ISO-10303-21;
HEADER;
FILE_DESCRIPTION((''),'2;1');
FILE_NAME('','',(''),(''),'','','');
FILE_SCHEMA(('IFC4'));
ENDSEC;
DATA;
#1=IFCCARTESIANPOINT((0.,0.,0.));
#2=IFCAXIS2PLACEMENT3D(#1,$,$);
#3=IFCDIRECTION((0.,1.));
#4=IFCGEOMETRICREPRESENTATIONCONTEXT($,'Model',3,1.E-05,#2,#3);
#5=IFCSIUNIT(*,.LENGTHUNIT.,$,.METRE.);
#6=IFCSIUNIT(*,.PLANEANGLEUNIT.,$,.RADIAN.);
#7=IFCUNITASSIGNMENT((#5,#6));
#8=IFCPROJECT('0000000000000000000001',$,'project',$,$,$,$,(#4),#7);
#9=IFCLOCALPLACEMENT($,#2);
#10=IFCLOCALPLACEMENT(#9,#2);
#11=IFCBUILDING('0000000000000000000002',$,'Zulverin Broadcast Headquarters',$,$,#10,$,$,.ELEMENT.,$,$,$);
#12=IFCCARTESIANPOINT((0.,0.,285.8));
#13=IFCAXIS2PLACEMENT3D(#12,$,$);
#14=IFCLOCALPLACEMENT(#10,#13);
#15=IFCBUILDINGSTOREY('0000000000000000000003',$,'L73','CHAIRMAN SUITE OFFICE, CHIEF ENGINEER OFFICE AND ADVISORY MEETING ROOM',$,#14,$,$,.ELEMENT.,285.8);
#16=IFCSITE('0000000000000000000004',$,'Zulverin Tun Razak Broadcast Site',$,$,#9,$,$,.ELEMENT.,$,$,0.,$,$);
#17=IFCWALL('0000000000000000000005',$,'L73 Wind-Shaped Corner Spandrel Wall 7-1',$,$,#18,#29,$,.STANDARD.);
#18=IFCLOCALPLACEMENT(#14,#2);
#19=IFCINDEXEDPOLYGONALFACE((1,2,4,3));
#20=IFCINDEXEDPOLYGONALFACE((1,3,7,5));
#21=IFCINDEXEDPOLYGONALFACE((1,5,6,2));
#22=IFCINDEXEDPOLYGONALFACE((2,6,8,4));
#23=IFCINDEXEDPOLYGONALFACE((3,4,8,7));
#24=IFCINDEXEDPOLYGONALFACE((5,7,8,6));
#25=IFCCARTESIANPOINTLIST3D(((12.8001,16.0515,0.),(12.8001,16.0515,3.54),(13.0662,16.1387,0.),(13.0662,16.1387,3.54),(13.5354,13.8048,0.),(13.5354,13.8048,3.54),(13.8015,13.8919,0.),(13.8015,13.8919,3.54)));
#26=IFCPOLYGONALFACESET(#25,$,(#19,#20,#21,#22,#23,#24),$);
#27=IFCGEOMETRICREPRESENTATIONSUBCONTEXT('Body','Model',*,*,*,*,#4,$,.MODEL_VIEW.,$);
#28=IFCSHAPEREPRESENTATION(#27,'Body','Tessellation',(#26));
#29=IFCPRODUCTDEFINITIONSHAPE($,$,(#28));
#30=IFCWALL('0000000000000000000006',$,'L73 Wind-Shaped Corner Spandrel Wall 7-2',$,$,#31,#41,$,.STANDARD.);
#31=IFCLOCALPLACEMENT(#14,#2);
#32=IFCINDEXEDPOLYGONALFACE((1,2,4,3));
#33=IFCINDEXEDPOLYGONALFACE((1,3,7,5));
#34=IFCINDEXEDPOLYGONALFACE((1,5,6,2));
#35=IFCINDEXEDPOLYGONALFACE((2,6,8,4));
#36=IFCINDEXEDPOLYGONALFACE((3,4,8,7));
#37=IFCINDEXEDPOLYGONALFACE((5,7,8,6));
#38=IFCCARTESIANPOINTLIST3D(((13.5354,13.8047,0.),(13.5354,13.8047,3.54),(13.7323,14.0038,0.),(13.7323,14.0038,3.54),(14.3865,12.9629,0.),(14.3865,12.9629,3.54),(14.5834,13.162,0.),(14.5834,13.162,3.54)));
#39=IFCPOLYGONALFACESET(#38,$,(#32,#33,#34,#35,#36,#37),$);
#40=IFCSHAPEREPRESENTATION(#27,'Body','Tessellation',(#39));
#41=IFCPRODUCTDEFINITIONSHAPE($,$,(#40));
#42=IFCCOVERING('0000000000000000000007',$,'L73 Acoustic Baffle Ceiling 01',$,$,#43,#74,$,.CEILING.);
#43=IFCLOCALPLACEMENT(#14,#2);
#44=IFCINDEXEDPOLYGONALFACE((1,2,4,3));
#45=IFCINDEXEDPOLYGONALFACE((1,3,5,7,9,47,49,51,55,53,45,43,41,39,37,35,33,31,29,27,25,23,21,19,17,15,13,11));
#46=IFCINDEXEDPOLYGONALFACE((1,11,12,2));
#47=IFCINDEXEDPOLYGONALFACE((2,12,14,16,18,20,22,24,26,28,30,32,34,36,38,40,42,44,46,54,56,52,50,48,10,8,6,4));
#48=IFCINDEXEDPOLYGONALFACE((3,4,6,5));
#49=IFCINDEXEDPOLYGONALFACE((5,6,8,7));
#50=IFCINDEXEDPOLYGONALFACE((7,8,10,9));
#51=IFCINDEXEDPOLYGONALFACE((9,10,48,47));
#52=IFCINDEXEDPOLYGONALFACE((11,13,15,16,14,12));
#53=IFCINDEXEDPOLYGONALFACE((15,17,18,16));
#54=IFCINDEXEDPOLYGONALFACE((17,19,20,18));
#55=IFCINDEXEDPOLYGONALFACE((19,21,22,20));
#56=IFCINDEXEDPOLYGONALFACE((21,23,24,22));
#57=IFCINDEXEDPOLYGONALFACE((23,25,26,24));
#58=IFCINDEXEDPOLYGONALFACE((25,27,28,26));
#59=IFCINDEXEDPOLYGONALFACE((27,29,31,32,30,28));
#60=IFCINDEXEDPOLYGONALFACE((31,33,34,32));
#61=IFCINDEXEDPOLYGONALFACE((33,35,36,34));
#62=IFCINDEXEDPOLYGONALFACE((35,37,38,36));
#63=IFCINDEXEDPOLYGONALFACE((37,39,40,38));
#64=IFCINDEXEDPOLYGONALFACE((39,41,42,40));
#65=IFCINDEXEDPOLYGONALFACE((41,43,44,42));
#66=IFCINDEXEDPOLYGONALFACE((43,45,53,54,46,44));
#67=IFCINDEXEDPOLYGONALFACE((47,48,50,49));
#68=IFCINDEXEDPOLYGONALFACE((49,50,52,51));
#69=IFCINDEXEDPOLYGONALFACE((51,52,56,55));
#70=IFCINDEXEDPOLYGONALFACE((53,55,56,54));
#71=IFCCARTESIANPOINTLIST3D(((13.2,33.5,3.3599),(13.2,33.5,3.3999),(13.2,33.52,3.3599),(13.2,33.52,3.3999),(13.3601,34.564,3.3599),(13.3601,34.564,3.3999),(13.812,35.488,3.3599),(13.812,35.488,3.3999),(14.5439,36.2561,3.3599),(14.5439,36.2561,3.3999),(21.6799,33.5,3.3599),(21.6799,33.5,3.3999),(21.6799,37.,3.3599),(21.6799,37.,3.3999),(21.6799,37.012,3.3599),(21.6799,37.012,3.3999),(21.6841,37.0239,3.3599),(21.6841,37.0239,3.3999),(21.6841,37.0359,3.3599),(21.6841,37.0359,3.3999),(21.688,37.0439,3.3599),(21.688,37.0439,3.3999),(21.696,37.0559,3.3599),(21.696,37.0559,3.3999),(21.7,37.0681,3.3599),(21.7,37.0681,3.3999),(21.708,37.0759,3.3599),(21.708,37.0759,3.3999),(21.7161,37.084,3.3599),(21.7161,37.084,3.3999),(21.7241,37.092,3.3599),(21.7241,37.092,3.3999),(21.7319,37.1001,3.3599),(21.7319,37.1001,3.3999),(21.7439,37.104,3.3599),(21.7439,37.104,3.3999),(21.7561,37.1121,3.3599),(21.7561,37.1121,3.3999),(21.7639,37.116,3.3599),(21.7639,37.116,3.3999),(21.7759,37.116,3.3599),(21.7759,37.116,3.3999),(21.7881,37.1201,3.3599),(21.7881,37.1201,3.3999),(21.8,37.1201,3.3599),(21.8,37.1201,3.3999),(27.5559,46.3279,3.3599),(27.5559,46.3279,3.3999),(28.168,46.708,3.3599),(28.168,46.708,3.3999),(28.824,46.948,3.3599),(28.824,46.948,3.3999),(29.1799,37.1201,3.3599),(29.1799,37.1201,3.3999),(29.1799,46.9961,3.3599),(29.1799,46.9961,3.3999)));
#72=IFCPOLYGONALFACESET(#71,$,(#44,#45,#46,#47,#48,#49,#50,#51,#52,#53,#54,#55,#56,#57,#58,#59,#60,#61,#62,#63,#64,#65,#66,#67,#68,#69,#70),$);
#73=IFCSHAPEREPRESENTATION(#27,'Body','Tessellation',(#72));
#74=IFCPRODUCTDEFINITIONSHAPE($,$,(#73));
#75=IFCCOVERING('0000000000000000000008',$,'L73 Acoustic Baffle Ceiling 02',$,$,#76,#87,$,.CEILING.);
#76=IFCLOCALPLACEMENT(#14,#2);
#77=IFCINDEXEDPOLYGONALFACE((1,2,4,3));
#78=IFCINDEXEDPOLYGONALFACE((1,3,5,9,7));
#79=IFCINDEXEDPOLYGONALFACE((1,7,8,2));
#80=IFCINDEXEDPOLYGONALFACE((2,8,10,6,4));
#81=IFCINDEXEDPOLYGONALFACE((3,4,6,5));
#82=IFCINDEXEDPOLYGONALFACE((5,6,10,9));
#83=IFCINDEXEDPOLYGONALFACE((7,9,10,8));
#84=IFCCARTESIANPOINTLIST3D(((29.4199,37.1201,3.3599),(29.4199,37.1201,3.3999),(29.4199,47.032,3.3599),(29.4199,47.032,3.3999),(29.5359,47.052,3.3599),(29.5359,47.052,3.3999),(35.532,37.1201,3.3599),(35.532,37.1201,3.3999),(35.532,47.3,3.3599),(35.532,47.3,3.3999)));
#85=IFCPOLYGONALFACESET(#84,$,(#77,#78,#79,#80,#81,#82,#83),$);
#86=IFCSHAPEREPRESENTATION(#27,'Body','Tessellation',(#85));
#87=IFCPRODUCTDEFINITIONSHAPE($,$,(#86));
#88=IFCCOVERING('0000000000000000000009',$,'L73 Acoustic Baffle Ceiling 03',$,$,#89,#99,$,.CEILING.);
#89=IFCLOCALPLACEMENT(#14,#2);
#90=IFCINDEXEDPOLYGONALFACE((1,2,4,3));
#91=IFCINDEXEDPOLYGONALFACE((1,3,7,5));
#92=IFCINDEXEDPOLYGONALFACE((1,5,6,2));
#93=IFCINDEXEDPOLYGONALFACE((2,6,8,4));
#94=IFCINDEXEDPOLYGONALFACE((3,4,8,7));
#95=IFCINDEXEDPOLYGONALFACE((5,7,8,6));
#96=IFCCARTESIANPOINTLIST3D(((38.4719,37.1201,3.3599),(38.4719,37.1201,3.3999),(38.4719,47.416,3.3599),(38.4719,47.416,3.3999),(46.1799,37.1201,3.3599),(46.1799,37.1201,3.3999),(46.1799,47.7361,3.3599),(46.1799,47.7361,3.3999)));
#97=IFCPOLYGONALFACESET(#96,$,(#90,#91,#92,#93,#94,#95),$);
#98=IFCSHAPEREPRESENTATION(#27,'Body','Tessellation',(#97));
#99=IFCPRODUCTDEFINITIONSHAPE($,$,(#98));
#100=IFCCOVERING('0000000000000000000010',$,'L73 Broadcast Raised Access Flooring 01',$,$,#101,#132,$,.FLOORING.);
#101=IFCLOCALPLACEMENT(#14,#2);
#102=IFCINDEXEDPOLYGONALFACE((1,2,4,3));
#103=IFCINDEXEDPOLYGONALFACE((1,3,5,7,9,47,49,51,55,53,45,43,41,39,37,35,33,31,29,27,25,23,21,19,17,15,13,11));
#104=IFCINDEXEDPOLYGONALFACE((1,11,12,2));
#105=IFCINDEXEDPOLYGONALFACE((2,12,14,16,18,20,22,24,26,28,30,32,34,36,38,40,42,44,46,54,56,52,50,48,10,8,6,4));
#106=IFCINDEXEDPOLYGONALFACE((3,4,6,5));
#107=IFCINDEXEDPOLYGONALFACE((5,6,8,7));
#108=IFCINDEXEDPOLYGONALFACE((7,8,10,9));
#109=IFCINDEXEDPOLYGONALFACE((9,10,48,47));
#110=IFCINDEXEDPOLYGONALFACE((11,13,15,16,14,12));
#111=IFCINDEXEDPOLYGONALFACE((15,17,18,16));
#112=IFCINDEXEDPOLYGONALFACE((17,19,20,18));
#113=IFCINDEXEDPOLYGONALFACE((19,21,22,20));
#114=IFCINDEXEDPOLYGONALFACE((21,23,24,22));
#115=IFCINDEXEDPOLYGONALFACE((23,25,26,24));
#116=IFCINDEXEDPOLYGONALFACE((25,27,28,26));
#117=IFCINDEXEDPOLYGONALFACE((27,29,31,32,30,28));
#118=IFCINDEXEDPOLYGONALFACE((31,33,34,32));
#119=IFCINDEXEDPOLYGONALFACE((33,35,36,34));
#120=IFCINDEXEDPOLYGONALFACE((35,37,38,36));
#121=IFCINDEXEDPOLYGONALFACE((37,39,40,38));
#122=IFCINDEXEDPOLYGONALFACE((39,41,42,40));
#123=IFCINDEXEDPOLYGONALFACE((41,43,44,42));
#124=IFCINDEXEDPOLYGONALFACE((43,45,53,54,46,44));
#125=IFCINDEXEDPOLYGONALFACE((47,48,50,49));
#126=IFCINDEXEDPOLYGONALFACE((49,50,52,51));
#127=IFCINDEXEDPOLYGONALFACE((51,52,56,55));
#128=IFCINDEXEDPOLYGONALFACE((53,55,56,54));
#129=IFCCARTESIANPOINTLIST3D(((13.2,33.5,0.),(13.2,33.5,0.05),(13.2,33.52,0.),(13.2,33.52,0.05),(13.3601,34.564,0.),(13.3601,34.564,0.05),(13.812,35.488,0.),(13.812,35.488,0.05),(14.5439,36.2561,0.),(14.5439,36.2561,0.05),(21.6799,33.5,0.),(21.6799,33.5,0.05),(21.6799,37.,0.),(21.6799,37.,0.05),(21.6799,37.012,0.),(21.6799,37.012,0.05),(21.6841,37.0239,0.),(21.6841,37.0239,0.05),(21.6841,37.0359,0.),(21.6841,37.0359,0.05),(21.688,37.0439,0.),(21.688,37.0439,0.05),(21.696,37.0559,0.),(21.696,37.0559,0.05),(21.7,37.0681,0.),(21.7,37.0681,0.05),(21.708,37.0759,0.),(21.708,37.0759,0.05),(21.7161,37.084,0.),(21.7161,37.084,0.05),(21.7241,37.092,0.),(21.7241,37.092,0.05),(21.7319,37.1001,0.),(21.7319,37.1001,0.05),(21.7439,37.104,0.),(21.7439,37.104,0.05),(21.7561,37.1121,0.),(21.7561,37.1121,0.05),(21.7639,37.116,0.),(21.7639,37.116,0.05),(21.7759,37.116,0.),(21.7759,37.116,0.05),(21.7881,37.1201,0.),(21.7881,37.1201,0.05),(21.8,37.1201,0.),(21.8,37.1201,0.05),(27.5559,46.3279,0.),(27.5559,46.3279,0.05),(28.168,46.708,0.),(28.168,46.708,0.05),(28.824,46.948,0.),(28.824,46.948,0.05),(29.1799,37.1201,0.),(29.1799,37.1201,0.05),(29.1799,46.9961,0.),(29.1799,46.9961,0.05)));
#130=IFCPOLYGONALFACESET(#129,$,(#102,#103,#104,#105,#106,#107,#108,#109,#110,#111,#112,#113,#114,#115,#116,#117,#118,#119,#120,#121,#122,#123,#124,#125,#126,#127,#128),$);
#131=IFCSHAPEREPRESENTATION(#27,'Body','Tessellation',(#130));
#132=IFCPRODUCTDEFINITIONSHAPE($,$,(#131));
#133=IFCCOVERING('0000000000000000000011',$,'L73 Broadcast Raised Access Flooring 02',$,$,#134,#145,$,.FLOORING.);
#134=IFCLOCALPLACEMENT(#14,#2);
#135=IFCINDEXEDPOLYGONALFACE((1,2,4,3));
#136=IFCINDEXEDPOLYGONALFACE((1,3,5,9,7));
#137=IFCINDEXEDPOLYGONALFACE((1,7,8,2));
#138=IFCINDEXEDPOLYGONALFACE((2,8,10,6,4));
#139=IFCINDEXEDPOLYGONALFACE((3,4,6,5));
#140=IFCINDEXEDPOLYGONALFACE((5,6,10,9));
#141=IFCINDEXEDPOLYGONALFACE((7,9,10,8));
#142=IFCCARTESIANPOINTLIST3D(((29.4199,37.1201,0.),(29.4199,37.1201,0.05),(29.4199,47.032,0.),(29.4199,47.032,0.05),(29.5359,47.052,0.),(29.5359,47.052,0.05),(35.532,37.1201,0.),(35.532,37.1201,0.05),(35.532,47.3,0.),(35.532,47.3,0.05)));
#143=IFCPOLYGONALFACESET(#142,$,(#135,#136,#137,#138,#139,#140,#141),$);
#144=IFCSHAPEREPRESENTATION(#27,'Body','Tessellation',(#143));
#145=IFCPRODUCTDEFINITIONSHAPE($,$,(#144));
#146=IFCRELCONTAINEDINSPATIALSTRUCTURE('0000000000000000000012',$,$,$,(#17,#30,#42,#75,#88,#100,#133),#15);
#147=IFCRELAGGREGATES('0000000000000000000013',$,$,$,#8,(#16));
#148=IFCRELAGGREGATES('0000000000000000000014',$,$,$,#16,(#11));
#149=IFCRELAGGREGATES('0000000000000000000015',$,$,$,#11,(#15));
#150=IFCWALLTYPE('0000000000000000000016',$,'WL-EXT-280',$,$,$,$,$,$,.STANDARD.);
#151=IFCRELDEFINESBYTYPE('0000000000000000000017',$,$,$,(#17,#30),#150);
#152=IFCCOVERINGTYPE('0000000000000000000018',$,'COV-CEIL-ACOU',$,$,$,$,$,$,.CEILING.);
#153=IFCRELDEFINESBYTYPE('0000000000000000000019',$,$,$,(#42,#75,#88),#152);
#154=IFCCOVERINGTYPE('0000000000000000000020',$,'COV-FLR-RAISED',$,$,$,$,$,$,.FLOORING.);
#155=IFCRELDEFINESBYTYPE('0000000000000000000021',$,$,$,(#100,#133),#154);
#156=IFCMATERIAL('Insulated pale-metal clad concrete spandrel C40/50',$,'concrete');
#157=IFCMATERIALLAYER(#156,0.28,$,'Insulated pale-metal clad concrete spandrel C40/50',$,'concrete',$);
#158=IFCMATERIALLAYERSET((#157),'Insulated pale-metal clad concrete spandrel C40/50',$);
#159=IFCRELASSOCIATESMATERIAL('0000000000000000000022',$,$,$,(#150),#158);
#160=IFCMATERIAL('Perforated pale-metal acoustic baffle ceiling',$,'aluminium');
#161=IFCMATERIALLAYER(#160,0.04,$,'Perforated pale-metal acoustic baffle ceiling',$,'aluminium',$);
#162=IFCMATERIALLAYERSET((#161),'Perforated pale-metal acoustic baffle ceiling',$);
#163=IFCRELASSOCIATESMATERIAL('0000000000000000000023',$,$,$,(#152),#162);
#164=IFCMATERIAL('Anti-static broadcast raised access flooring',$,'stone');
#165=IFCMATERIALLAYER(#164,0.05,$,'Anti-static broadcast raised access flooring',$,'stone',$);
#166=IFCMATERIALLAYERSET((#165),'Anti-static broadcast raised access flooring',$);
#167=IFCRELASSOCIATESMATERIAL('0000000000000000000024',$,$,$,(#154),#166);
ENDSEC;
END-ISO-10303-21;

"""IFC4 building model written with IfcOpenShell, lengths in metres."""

from ifc_helpers import new_model, si_unit, direction, frame, frame_2d, origin, place, context, subcontext, project, spatial, polyline, rectangle, outline, extrude, material, layer, layer_set, type_object, element, save


model = new_model("IFC4")

# Units and contexts
model_context = context("Model", 3, precision=1e-05, world=origin(), true_north=direction((0.0, 1.0)))
body_context = subcontext(model_context, "Body", "Model", "MODEL_VIEW")
ifc_project = project(units=[si_unit("LENGTHUNIT", "METRE"), si_unit("PLANEANGLEUNIT", "RADIAN")], contexts=[model_context])

# Site, building, storey
site_placement = place(None, origin())
site = spatial("IfcSite", under=ifc_project, at=site_placement, Name="Zulverin Tun Razak Broadcast Site", CompositionType="ELEMENT", RefElevation=0.0)
building_placement = place(site_placement, origin())
building = spatial("IfcBuilding", under=site, at=building_placement, Name="Zulverin Broadcast Headquarters", CompositionType="ELEMENT")
storey_placement = place(building_placement, frame((0.0, 0.0, 285.8)))
storey = spatial("IfcBuildingStorey", under=building, at=storey_placement, Name="L73", Description="CHAIRMAN SUITE OFFICE, CHIEF ENGINEER OFFICE AND ADVISORY MEETING ROOM", CompositionType="ELEMENT", Elevation=285.8)

# Walls
ifc_material_1 = material(Name="Insulated pale-metal clad concrete spandrel C40/50", Category="concrete")
ifc_layer_1 = layer(ifc_material_1, 0.28, Name="Insulated pale-metal clad concrete spandrel C40/50", Category="concrete")
ifc_layer_set_1 = layer_set([ifc_layer_1], Name="Insulated pale-metal clad concrete spandrel C40/50")
wall_type_1 = type_object("IfcWallType", Name="WL-EXT-280", PredefinedType="STANDARD", material=ifc_layer_set_1)
wall_1_placement = place(storey_placement, frame((12.9331, 16.0952, 0.0), z_axis=(0.0, 0.0, 1.0), x_axis=(0.311049, -0.950394, 0.0)))
element("IfcWall", 1, at=wall_1_placement, inside=storey, type_object=wall_type_1, Name="L73 Wind-Shaped Corner Spandrel Wall 7-1", PredefinedType="STANDARD", context=body_context, shape_type="SweptSolid", body=[
    extrude(rectangle(XDim=2.364, YDim=0.28, at=frame_2d((1.1821, 0.0))), origin(), (0.0, 0.0, 1.0), 3.54),
])
wall_2_placement = place(storey_placement, frame((13.6338, 13.9043, 0.0), z_axis=(0.0, 0.0, 1.0), x_axis=(0.710971, -0.703221, 0.0)))
element("IfcWall", 2, at=wall_2_placement, inside=storey, type_object=wall_type_1, Name="L73 Wind-Shaped Corner Spandrel Wall 7-2", PredefinedType="STANDARD", context=body_context, shape_type="SweptSolid", body=[
    extrude(rectangle(XDim=1.197, YDim=0.28, at=frame_2d((0.5986, 0.0))), origin(), (0.0, 0.0, 1.0), 3.54),
])

# Coverings
ifc_material_2 = material(Name="Perforated pale-metal acoustic baffle ceiling", Category="aluminium")
ifc_layer_2 = layer(ifc_material_2, 0.04, Name="Perforated pale-metal acoustic baffle ceiling", Category="aluminium")
ifc_layer_set_2 = layer_set([ifc_layer_2], Name="Perforated pale-metal acoustic baffle ceiling")
covering_type_1 = type_object("IfcCoveringType", Name="COV-CEIL-ACOU", PredefinedType="CEILING", material=ifc_layer_set_2)
covering_1_placement = place(storey_placement, frame((0.0, 0.0, 3.3599)))
element("IfcCovering", 3, at=covering_1_placement, inside=storey, type_object=covering_type_1, Name="L73 Acoustic Baffle Ceiling 01", PredefinedType="CEILING", context=body_context, shape_type="SweptSolid", body=[
    extrude(outline(polyline([(28.168, 46.708), (27.5559, 46.3279), (14.5439, 36.2561), (13.812, 35.488), (13.3601, 34.564), (13.2, 33.52), (13.2, 33.5), (21.6799, 33.5), (21.6799, 37.0), (21.6799, 37.012), (21.6841, 37.0239), (21.6841, 37.0359), (21.688, 37.0439), (21.696, 37.0559), (21.7, 37.0681), (21.708, 37.0759), (21.7161, 37.084), (21.7241, 37.092), (21.7319, 37.1001), (21.7439, 37.104), (21.7561, 37.1121), (21.7639, 37.116), (21.7759, 37.116), (21.7881, 37.1201), (21.8, 37.1201), (29.1799, 37.1201), (29.1799, 46.9961), (28.824, 46.948), (28.168, 46.708)])), origin(), (0.0, 0.0, 1.0), 0.04),
])
covering_2_placement = place(storey_placement, frame((0.0, 0.0, 3.3599)))
element("IfcCovering", 4, at=covering_2_placement, inside=storey, type_object=covering_type_1, Name="L73 Acoustic Baffle Ceiling 02", PredefinedType="CEILING", context=body_context, shape_type="SweptSolid", body=[
    extrude(outline(polyline([(29.5359, 47.052), (29.4199, 47.032), (29.4199, 37.1201), (35.532, 37.1201), (35.532, 47.3), (29.5359, 47.052)])), origin(), (0.0, 0.0, 1.0), 0.04),
])
covering_3_placement = place(storey_placement, frame((0.0, 0.0, 3.3599)))
element("IfcCovering", 5, at=covering_3_placement, inside=storey, type_object=covering_type_1, Name="L73 Acoustic Baffle Ceiling 03", PredefinedType="CEILING", context=body_context, shape_type="SweptSolid", body=[
    extrude(outline(polyline([(38.4719, 47.416), (38.4719, 37.1201), (46.1799, 37.1201), (46.1799, 47.7361), (38.4719, 47.416)])), origin(), (0.0, 0.0, 1.0), 0.04),
])
ifc_material_3 = material(Name="Anti-static broadcast raised access flooring", Category="stone")
ifc_layer_3 = layer(ifc_material_3, 0.05, Name="Anti-static broadcast raised access flooring", Category="stone")
ifc_layer_set_3 = layer_set([ifc_layer_3], Name="Anti-static broadcast raised access flooring")
covering_type_2 = type_object("IfcCoveringType", Name="COV-FLR-RAISED", PredefinedType="FLOORING", material=ifc_layer_set_3)
covering_4_placement = place(storey_placement, origin())
element("IfcCovering", 6, at=covering_4_placement, inside=storey, type_object=covering_type_2, Name="L73 Broadcast Raised Access Flooring 01", PredefinedType="FLOORING", context=body_context, shape_type="SweptSolid", body=[
    extrude(outline(polyline([(28.168, 46.708), (27.5559, 46.3279), (14.5439, 36.2561), (13.812, 35.488), (13.3601, 34.564), (13.2, 33.52), (13.2, 33.5), (21.6799, 33.5), (21.6799, 37.0), (21.6799, 37.012), (21.6841, 37.0239), (21.6841, 37.0359), (21.688, 37.0439), (21.696, 37.0559), (21.7, 37.0681), (21.708, 37.0759), (21.7161, 37.084), (21.7241, 37.092), (21.7319, 37.1001), (21.7439, 37.104), (21.7561, 37.1121), (21.7639, 37.116), (21.7759, 37.116), (21.7881, 37.1201), (21.8, 37.1201), (29.1799, 37.1201), (29.1799, 46.9961), (28.824, 46.948), (28.168, 46.708)])), origin(), (0.0, 0.0, 1.0), 0.05),
])
covering_5_placement = place(storey_placement, origin())
element("IfcCovering", 7, at=covering_5_placement, inside=storey, type_object=covering_type_2, Name="L73 Broadcast Raised Access Flooring 02", PredefinedType="FLOORING", context=body_context, shape_type="SweptSolid", body=[
    extrude(outline(polyline([(29.5359, 47.052), (29.4199, 47.032), (29.4199, 37.1201), (35.532, 37.1201), (35.532, 47.3), (29.5359, 47.052)])), origin(), (0.0, 0.0, 1.0), 0.05),
])

save(model, "model.ifc")
